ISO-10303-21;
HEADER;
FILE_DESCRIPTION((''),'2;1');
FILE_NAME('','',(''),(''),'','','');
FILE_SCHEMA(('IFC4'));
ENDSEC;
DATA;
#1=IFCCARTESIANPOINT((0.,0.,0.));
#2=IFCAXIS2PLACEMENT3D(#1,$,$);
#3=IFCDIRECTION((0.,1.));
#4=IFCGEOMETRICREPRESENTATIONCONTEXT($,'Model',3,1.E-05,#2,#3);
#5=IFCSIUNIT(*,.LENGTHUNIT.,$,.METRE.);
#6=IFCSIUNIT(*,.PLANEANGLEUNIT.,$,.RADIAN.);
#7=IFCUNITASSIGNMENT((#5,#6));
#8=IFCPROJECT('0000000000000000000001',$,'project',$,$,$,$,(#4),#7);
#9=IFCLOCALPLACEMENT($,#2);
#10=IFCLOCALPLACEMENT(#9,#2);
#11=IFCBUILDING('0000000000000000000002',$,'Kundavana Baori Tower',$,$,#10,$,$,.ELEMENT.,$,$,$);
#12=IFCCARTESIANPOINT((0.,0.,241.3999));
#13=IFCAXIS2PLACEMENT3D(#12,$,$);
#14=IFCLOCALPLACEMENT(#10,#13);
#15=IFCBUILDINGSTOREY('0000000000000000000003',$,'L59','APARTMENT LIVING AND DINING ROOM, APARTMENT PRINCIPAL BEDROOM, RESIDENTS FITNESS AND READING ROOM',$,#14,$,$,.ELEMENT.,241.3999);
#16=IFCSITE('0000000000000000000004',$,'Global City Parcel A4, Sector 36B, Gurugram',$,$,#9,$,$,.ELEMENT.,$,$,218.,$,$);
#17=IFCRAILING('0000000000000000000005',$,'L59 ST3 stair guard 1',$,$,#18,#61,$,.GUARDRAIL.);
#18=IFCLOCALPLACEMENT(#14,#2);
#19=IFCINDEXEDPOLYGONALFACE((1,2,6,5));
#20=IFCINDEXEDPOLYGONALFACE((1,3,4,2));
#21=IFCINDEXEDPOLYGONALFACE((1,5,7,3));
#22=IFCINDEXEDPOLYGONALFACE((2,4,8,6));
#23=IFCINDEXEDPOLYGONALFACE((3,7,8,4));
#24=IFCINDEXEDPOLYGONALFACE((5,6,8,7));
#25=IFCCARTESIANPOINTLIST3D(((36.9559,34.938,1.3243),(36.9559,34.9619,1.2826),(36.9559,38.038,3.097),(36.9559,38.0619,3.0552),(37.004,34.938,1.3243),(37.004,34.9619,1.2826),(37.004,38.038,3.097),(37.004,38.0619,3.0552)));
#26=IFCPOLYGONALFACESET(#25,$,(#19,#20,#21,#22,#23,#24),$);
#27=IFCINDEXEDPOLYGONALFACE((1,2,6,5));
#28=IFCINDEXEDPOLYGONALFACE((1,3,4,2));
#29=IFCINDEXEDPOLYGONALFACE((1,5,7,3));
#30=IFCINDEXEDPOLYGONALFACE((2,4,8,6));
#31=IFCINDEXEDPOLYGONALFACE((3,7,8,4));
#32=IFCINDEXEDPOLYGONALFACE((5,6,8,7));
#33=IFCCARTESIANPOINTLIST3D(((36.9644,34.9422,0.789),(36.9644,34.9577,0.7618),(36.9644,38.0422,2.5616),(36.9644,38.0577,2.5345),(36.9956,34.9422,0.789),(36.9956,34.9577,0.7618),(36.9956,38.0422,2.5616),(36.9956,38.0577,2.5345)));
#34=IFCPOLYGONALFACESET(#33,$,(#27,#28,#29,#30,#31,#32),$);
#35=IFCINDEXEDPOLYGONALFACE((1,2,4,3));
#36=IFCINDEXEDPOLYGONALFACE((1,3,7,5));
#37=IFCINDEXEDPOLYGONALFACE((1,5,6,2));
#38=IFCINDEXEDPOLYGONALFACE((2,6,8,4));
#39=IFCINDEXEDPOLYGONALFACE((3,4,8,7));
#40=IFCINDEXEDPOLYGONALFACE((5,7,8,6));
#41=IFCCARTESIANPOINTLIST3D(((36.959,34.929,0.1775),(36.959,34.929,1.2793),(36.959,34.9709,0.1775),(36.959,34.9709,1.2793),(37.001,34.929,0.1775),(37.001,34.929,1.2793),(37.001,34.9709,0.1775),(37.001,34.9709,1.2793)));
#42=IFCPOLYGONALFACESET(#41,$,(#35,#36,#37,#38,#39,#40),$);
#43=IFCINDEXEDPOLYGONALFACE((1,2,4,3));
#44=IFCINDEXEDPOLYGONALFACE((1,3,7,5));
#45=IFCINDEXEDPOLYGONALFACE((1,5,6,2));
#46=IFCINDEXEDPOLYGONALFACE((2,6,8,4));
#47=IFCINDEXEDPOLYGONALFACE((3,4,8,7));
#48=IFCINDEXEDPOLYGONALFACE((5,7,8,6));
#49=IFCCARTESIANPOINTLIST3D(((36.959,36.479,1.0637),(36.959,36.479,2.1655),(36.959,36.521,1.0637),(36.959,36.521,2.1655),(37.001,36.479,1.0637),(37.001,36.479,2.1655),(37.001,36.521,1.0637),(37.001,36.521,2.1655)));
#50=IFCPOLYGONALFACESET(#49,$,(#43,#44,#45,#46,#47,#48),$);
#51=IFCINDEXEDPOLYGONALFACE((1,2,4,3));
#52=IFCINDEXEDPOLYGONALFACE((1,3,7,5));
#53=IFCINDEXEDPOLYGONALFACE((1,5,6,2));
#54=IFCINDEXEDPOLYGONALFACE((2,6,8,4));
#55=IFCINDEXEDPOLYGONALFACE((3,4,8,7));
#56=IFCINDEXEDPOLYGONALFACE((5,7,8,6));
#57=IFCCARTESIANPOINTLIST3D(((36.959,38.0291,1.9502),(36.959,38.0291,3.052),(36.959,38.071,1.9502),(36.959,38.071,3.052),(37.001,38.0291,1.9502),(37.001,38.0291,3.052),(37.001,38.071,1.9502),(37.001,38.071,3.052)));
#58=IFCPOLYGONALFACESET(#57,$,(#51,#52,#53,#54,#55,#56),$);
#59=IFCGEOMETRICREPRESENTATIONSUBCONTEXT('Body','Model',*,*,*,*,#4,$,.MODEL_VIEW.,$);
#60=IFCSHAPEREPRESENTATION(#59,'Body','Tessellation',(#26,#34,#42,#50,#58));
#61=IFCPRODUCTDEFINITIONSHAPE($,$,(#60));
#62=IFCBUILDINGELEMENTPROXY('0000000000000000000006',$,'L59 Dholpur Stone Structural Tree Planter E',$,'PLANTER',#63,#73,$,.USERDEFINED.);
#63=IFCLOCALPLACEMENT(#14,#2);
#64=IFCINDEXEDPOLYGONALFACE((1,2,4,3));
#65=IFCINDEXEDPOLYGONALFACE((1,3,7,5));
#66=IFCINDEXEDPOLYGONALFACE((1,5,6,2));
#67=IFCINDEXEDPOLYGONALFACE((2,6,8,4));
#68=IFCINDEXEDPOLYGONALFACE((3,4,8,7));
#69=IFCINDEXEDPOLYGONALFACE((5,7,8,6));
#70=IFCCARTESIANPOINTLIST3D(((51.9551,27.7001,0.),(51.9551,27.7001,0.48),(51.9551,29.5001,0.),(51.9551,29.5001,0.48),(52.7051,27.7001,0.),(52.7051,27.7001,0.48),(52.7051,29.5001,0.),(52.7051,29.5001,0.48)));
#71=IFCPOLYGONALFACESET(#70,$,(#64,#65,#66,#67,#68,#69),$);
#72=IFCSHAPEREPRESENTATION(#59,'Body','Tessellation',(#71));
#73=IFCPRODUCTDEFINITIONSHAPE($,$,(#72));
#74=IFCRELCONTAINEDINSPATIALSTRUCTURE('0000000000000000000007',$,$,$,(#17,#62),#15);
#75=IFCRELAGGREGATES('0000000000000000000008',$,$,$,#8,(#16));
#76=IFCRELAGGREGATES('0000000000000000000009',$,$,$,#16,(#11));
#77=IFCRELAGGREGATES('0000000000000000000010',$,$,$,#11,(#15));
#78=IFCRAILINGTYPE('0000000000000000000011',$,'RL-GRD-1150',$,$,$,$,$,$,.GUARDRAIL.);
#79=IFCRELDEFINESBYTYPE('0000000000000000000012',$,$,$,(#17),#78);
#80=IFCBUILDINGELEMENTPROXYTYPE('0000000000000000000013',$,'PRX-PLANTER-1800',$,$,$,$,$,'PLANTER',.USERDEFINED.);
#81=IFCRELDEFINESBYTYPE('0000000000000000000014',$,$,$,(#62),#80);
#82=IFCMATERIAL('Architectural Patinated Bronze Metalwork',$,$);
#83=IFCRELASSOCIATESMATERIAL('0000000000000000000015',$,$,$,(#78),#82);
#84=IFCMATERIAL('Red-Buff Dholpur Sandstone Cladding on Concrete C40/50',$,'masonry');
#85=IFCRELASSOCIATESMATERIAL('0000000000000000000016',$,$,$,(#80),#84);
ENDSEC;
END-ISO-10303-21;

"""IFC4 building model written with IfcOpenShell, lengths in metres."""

from ifc_helpers import new_model, si_unit, direction, frame, origin, origin_2d, place, context, subcontext, project, spatial, rectangle, extrude, material, type_object, element, save


model = new_model("IFC4")

# Units and contexts
model_context = context("Model", 3, precision=1e-05, world=origin(), true_north=direction((0.0, 1.0)))
body_context = subcontext(model_context, "Body", "Model", "MODEL_VIEW")
ifc_project = project(units=[si_unit("LENGTHUNIT", "METRE"), si_unit("PLANEANGLEUNIT", "RADIAN")], contexts=[model_context])

# Site, building, storey
site_placement = place(None, origin())
site = spatial("IfcSite", under=ifc_project, at=site_placement, Name="Global City Parcel A4, Sector 36B, Gurugram", CompositionType="ELEMENT", RefElevation=218.0)
building_placement = place(site_placement, origin())
building = spatial("IfcBuilding", under=site, at=building_placement, Name="Kundavana Baori Tower", CompositionType="ELEMENT")
storey_placement = place(building_placement, frame((0.0, 0.0, 241.3999)))
storey = spatial("IfcBuildingStorey", under=building, at=storey_placement, Name="L59", Description="APARTMENT LIVING AND DINING ROOM, APARTMENT PRINCIPAL BEDROOM, RESIDENTS FITNESS AND READING ROOM", CompositionType="ELEMENT", Elevation=241.3999)

# Railing
ifc_material_1 = material(Name="Architectural Patinated Bronze Metalwork")
railing_type = type_object("IfcRailingType", Name="RL-GRD-1150", PredefinedType="GUARDRAIL", material=ifc_material_1)
railing_placement = place(storey_placement, frame((36.98, 34.95, 0.1775)))
element("IfcRailing", 1, at=railing_placement, inside=storey, type_object=railing_type, Name="L59 ST3 stair guard 1", PredefinedType="GUARDRAIL", context=body_context, shape_type="SweptSolid", body=[
    extrude(rectangle(XDim=0.0481, YDim=0.0481, at=origin_2d()), frame((0.0, 0.0, 1.126), z_axis=(0.0, 0.868096, 0.496397), x_axis=(-1.0, 0.0, 0.0)), (0.0, 0.0, 1.0), 3.571),
    extrude(rectangle(XDim=0.0312, YDim=0.0312, at=origin_2d()), frame((0.0, 0.0, 0.5979), z_axis=(0.0, 0.868096, 0.496397), x_axis=(-1.0, 0.0, 0.0)), (0.0, 0.0, 1.0), 3.571),
    extrude(rectangle(XDim=0.042, YDim=0.042, at=origin_2d()), origin(), (0.0, 0.0, 1.0), 1.1018),
    extrude(rectangle(XDim=0.042, YDim=0.042, at=origin_2d()), frame((0.0, 1.55, 0.8862)), (0.0, 0.0, 1.0), 1.1018),
    extrude(rectangle(XDim=0.042, YDim=0.042, at=origin_2d()), frame((0.0, 3.1001, 1.7727)), (0.0, 0.0, 1.0), 1.1018),
])

# Building element proxy
ifc_material_2 = material(Name="Red-Buff Dholpur Sandstone Cladding on Concrete C40/50", Category="masonry")
building_element_proxy_type = type_object("IfcBuildingElementProxyType", Name="PRX-PLANTER-1800", ElementType="PLANTER", PredefinedType="USERDEFINED", material=ifc_material_2)
proxy_placement = place(storey_placement, frame((52.3301, 28.6001, 0.0), z_axis=(0.0, 0.0, 1.0), x_axis=(0.0, 1.0, 0.0)))
element("IfcBuildingElementProxy", 2, at=proxy_placement, inside=storey, type_object=building_element_proxy_type, Name="L59 Dholpur Stone Structural Tree Planter E", ObjectType="PLANTER", PredefinedType="USERDEFINED", context=body_context, shape_type="SweptSolid", body=[
    extrude(rectangle(XDim=1.8, YDim=0.75, at=origin_2d()), origin(), (0.0, 0.0, 1.0), 0.48),
])

save(model, "model.ifc")
